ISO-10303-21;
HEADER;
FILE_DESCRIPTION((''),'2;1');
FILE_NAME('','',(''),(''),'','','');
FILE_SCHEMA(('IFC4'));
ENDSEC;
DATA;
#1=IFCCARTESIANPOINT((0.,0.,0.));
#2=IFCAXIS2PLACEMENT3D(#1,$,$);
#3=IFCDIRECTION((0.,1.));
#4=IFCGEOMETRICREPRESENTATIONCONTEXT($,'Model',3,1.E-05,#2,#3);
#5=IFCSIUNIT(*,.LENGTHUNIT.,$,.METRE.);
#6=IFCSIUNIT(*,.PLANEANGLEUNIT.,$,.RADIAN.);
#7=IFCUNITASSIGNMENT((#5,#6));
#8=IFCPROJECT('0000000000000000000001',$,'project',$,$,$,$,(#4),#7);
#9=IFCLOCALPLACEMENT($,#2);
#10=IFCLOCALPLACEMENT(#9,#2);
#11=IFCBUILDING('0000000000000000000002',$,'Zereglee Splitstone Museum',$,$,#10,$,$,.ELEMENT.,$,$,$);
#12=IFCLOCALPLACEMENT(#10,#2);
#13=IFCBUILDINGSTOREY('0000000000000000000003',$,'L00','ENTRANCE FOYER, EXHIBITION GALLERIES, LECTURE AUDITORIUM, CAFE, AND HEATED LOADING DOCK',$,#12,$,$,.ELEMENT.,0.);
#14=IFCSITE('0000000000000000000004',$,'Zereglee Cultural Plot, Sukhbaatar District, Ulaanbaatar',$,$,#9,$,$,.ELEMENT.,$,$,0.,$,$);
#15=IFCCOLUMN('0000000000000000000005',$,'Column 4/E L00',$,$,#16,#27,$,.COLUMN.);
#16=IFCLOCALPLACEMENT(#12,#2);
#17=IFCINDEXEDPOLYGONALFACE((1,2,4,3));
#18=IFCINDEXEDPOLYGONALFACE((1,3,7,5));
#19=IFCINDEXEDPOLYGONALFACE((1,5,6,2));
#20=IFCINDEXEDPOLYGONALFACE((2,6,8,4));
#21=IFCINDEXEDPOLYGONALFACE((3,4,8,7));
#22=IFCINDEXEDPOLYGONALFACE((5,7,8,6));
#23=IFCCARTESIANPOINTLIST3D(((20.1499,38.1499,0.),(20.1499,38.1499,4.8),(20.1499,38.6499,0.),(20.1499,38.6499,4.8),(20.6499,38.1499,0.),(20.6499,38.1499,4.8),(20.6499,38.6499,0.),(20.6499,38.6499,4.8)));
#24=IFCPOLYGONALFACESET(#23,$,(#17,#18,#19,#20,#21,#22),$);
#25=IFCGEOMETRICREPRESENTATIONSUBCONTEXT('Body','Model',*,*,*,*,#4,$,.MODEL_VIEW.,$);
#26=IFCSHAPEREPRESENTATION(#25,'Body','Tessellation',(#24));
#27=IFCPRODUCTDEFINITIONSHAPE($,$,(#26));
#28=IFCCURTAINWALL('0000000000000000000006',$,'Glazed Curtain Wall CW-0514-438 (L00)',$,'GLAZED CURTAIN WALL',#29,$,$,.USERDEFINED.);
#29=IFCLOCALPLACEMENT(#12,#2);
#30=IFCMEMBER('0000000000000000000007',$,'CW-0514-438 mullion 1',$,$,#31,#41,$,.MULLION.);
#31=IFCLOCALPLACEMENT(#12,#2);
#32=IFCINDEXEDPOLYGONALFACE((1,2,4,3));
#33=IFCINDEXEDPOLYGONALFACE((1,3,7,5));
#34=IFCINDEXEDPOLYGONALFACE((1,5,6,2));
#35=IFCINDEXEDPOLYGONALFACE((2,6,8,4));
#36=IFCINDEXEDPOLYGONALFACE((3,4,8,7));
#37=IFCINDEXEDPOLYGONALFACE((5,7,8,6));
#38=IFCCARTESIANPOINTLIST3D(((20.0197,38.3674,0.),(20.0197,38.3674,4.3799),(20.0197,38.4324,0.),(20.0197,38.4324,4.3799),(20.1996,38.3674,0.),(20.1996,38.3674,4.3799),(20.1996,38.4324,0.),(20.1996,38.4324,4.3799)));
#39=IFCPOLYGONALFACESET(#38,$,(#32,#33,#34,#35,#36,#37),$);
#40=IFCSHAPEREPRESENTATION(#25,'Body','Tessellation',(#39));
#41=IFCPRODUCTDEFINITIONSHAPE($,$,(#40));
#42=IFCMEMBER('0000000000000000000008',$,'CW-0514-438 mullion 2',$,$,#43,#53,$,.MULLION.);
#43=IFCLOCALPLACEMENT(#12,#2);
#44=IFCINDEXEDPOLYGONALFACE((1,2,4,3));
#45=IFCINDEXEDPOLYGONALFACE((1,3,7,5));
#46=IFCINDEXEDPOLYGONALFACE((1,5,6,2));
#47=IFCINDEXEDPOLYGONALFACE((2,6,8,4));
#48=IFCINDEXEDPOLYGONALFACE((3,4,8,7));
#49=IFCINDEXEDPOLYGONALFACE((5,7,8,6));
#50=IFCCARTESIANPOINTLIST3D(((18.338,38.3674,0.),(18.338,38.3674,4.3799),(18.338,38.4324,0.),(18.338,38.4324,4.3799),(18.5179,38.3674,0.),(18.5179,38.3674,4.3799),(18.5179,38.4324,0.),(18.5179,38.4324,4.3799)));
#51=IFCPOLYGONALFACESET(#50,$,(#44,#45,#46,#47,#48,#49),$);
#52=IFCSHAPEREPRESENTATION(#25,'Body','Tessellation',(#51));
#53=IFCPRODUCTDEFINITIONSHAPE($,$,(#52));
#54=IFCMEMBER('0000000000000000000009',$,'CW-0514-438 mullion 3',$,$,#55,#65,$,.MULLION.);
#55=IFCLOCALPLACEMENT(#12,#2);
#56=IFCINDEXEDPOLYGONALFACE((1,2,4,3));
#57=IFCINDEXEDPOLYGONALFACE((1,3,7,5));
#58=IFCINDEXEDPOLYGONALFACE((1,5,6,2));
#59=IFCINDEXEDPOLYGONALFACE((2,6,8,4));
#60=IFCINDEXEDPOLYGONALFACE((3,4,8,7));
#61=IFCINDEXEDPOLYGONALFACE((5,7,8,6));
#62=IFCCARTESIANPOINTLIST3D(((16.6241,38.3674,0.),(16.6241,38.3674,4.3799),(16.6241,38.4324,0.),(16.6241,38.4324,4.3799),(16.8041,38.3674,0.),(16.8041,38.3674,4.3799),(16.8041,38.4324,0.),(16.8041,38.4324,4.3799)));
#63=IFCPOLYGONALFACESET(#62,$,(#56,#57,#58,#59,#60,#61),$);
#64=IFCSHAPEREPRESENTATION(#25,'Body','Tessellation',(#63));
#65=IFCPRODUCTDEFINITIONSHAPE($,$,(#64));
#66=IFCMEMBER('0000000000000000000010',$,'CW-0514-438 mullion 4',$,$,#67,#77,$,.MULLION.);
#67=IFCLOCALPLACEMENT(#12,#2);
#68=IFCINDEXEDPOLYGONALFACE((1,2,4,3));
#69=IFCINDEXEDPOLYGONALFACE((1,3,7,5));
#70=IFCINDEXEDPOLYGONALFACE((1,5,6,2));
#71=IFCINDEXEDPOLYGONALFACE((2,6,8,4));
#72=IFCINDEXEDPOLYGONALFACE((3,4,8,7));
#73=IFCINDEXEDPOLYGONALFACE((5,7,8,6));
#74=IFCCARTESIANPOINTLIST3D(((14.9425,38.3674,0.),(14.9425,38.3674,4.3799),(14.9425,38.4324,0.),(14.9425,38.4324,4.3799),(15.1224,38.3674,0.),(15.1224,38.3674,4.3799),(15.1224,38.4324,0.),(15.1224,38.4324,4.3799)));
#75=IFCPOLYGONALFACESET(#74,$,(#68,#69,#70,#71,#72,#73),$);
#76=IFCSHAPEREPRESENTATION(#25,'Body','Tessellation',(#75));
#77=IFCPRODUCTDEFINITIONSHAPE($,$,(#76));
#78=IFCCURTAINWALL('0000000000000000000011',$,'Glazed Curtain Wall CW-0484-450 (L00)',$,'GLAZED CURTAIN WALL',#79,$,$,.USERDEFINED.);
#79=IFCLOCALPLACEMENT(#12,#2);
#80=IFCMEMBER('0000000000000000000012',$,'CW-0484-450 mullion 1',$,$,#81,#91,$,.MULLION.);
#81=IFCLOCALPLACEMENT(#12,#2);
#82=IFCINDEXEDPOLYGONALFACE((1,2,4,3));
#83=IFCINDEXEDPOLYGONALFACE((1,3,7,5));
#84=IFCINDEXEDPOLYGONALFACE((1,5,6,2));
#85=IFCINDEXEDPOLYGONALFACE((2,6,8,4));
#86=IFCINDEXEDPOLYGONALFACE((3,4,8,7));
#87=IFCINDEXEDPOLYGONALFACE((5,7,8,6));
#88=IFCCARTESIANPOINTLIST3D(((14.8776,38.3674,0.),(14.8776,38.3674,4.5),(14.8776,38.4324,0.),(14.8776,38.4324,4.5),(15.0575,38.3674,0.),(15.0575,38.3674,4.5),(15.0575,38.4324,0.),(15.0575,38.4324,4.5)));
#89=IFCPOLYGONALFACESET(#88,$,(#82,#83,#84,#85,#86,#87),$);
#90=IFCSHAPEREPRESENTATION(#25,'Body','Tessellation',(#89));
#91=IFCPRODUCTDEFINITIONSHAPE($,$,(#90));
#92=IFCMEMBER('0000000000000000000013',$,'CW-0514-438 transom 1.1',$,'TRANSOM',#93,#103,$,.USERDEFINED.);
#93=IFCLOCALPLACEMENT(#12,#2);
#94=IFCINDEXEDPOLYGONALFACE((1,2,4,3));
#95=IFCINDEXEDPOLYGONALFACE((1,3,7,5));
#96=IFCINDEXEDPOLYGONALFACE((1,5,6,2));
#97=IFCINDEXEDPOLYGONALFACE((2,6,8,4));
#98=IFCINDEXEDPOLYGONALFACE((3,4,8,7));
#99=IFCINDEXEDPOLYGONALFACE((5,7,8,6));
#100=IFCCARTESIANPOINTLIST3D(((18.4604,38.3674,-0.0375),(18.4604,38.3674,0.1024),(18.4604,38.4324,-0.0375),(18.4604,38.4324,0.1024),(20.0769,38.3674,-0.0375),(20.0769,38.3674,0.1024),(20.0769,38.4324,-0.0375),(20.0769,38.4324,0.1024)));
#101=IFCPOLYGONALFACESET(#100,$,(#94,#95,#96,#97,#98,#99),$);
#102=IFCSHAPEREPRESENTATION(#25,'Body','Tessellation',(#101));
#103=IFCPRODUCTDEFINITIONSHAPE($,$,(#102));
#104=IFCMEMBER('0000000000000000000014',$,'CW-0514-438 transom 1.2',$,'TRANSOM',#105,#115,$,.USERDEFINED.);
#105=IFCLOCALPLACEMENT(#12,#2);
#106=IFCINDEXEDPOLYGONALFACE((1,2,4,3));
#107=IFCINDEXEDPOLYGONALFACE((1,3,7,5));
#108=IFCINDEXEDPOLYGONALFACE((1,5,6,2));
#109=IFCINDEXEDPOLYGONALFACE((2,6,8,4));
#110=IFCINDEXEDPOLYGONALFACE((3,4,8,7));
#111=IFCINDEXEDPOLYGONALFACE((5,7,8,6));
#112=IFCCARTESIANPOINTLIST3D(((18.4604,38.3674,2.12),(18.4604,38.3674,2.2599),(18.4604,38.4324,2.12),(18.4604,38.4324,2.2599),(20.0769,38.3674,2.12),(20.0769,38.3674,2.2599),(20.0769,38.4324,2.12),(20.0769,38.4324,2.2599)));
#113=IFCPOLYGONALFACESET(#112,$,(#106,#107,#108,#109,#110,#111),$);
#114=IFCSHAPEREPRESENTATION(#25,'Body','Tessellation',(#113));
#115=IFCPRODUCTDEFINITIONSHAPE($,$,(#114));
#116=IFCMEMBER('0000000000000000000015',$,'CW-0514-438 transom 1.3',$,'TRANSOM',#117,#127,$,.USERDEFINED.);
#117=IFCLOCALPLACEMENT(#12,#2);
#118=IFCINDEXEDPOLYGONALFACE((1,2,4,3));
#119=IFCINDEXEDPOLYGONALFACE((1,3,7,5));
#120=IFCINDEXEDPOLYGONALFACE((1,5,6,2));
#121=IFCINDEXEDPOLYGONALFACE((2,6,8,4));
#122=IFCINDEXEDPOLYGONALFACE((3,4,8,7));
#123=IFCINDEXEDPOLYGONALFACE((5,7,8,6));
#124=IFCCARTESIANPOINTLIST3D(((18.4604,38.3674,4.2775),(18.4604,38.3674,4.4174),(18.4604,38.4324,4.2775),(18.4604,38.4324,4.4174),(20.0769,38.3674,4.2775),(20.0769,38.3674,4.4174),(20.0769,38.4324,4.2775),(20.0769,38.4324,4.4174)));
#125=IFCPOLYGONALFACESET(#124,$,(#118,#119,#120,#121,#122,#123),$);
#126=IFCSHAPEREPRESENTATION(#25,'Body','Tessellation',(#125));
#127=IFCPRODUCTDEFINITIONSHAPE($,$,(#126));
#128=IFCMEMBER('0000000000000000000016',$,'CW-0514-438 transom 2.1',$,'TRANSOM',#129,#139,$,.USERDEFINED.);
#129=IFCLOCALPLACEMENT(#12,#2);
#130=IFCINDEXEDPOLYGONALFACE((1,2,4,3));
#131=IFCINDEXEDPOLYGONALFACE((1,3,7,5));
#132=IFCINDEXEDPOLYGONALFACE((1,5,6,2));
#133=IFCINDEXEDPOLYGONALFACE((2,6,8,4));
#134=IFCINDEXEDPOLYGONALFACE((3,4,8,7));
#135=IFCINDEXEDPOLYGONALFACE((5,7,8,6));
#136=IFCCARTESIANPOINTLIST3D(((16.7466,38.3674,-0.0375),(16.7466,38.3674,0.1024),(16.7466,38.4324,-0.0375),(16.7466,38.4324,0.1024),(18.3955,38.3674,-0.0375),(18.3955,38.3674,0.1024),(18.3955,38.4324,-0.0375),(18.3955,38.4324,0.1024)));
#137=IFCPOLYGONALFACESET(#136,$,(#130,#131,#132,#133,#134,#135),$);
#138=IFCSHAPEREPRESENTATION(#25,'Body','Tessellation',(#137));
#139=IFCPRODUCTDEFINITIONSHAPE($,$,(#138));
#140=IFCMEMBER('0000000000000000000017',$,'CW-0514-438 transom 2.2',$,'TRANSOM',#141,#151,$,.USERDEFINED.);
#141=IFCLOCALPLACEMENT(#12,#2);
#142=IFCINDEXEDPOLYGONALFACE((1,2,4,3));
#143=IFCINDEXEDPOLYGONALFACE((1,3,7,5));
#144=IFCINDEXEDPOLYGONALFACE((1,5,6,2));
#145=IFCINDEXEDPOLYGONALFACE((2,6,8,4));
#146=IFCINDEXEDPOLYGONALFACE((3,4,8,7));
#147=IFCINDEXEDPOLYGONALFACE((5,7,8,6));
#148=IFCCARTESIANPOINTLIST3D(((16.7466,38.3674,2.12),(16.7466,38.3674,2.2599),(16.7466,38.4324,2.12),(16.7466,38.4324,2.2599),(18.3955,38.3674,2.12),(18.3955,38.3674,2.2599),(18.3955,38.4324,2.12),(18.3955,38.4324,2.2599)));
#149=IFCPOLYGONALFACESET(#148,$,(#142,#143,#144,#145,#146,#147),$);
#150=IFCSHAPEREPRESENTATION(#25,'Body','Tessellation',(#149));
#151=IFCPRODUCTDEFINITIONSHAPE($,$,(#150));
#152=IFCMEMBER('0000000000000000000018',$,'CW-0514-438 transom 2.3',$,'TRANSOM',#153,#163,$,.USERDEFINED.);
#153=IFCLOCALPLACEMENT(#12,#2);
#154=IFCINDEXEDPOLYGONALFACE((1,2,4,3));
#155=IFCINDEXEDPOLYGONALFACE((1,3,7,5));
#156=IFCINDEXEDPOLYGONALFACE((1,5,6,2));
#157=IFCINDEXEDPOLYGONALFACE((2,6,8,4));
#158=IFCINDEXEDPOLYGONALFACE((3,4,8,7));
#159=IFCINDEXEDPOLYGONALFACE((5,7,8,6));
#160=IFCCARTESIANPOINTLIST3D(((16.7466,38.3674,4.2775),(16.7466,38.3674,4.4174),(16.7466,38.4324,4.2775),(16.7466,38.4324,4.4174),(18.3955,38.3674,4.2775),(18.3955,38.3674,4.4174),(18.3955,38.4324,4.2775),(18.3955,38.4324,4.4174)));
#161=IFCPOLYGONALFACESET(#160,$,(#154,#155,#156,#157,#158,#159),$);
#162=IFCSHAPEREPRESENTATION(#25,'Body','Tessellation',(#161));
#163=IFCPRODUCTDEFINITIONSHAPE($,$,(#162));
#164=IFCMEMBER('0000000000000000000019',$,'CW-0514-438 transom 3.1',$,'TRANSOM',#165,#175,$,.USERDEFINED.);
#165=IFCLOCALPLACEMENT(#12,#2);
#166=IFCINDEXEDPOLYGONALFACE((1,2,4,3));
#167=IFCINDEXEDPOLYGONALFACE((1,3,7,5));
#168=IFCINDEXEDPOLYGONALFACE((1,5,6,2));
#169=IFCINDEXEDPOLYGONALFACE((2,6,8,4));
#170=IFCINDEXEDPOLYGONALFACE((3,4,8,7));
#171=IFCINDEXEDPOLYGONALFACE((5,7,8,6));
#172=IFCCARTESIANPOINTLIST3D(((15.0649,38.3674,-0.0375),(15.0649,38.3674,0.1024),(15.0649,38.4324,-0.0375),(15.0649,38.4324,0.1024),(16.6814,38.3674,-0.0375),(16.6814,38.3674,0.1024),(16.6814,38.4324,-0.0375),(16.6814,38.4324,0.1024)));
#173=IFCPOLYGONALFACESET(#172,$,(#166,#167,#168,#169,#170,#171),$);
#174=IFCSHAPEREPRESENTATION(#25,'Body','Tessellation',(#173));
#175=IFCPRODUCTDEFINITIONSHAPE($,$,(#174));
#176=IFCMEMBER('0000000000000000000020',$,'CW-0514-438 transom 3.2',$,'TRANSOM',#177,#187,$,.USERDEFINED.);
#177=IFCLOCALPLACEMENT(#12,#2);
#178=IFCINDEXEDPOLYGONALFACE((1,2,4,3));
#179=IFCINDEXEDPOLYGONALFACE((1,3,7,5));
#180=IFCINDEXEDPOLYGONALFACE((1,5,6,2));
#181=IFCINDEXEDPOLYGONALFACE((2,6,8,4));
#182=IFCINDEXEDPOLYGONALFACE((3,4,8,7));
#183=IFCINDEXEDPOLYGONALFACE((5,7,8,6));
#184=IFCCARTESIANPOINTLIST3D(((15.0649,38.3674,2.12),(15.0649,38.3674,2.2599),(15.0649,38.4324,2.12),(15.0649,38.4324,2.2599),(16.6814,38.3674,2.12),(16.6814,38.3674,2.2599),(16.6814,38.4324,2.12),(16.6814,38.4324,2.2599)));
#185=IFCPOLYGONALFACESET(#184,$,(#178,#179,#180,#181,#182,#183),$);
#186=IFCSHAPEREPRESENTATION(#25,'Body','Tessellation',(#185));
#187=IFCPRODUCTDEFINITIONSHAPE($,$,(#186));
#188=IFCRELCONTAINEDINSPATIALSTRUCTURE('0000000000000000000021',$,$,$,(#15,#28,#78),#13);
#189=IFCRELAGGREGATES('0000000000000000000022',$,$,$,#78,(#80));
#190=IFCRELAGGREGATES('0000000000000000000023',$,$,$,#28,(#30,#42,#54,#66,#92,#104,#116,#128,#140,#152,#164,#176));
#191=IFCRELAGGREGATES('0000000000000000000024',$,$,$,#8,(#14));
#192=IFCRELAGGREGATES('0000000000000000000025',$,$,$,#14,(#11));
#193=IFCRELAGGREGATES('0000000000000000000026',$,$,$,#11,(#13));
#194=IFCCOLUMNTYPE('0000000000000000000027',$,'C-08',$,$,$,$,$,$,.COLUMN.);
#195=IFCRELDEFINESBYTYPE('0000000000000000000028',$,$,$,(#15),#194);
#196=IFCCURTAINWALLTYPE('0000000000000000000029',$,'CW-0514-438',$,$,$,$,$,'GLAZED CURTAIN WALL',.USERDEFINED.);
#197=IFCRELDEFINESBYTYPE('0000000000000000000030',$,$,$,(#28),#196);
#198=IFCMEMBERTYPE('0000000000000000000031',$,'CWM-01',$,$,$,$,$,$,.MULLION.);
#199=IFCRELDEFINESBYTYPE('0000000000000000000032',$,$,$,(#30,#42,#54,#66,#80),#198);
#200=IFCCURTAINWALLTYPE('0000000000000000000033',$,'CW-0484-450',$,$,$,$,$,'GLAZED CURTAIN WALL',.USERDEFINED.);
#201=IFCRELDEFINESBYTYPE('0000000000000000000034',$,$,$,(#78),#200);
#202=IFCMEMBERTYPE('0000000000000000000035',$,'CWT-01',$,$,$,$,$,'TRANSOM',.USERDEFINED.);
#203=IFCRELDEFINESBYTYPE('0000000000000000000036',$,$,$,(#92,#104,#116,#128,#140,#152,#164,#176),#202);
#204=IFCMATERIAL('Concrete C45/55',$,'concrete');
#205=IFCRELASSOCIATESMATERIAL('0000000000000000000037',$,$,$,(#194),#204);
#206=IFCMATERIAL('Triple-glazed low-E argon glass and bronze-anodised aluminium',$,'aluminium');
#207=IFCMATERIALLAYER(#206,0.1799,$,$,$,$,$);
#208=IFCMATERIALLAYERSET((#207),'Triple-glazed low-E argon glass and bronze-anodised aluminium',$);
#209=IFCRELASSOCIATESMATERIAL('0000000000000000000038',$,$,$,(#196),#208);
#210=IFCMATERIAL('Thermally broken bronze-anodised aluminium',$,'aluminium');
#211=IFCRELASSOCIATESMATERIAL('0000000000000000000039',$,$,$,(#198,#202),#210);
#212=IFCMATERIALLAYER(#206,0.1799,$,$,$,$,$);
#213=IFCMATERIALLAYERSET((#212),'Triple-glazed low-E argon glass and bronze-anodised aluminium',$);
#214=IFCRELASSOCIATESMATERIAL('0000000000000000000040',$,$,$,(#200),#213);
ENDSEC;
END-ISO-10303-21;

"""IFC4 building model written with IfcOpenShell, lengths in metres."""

from ifc_helpers import new_model, si_unit, direction, frame, origin, origin_2d, place, context, subcontext, project, spatial, rectangle, extrude, material, layer, layer_set, material_profile, profile_set, type_object, element, aggregate, save


model = new_model("IFC4")

# Units and contexts
model_context = context("Model", 3, precision=1e-05, world=origin(), true_north=direction((0.0, 1.0)))
body_context = subcontext(model_context, "Body", "Model", "MODEL_VIEW")
ifc_project = project(units=[si_unit("LENGTHUNIT", "METRE"), si_unit("PLANEANGLEUNIT", "RADIAN")], contexts=[model_context])

# Site, building, storey
site_placement = place(None, origin())
site = spatial("IfcSite", under=ifc_project, at=site_placement, Name="Zereglee Cultural Plot, Sukhbaatar District, Ulaanbaatar", CompositionType="ELEMENT", RefElevation=0.0)
building_placement = place(site_placement, origin())
building = spatial("IfcBuilding", under=site, at=building_placement, Name="Zereglee Splitstone Museum", CompositionType="ELEMENT")
storey_placement = place(building_placement, origin())
storey = spatial("IfcBuildingStorey", under=building, at=storey_placement, Name="L00", Description="ENTRANCE FOYER, EXHIBITION GALLERIES, LECTURE AUDITORIUM, CAFE, AND HEATED LOADING DOCK", CompositionType="ELEMENT", Elevation=0.0)

# Column
ifc_material_1 = material(Name="Concrete C45/55", Category="concrete")
ifc_material_profile_1 = material_profile(ifc_material_1, rectangle(XDim=0.5, YDim=0.5, at=origin_2d()), Name="RC 500x500")
ifc_profile_set_1 = profile_set([ifc_material_profile_1], Name="Concrete C45/55")
column_type = type_object("IfcColumnType", Name="C-08", PredefinedType="COLUMN", material=ifc_profile_set_1)
column_placement = place(storey_placement, frame((20.3999, 38.3999, 0.0), z_axis=(0.0, 0.0, 1.0), x_axis=(1.0, 0.0, 0.0)))
element("IfcColumn", 1, at=column_placement, inside=storey, type_object=column_type, Name="Column 4/E L00", PredefinedType="COLUMN", context=body_context, shape_type="SweptSolid", body=[
    extrude(rectangle(XDim=0.5, YDim=0.5, at=origin_2d()), origin(), (0.0, 0.0, 1.0), 4.8),
])

# Curtain wall, members
ifc_material_2 = material(Name="Triple-glazed low-E argon glass and bronze-anodised aluminium", Category="aluminium")
ifc_layer_1 = layer(ifc_material_2, 0.1799)
ifc_layer_set_1 = layer_set([ifc_layer_1], Name="Triple-glazed low-E argon glass and bronze-anodised aluminium")
curtain_wall_type_1 = type_object("IfcCurtainWallType", Name="CW-0514-438", ElementType="GLAZED CURTAIN WALL", PredefinedType="USERDEFINED", material=ifc_layer_set_1)
curtain_wall_1_placement = place(storey_placement, origin())
curtain_wall_1 = element("IfcCurtainWall", 2, at=curtain_wall_1_placement, inside=storey, type_object=curtain_wall_type_1, Name="Glazed Curtain Wall CW-0514-438 (L00)", ObjectType="GLAZED CURTAIN WALL", PredefinedType="USERDEFINED")
ifc_material_3 = material(Name="Thermally broken bronze-anodised aluminium", Category="aluminium")
ifc_material_profile_2 = material_profile(ifc_material_3, rectangle(XDim=0.0649, YDim=0.1799, at=origin_2d()), Name="CW MULL 65x180")
ifc_profile_set_2 = profile_set([ifc_material_profile_2], Name="Thermally broken bronze-anodised aluminium")
member_type_1 = type_object("IfcMemberType", Name="CWM-01", PredefinedType="MULLION", material=ifc_profile_set_2)
member_1_placement = place(storey_placement, frame((20.1096, 38.3999, 0.0), z_axis=(0.0, 0.0, 1.0), x_axis=(0.0, -1.0, 0.0)))
member_1 = element("IfcMember", 3, at=member_1_placement, type_object=member_type_1, Name="CW-0514-438 mullion 1", PredefinedType="MULLION", context=body_context, shape_type="SweptSolid", body=[
    extrude(rectangle(XDim=0.0649, YDim=0.1799, at=origin_2d()), origin(), (0.0, 0.0, 1.0), 4.3799),
])
member_2_placement = place(storey_placement, frame((18.428, 38.3999, 0.0), z_axis=(0.0, 0.0, 1.0), x_axis=(0.0, -1.0, 0.0)))
member_2 = element("IfcMember", 4, at=member_2_placement, type_object=member_type_1, Name="CW-0514-438 mullion 2", PredefinedType="MULLION", context=body_context, shape_type="SweptSolid", body=[
    extrude(rectangle(XDim=0.0649, YDim=0.1799, at=origin_2d()), origin(), (0.0, 0.0, 1.0), 4.3799),
])
member_3_placement = place(storey_placement, frame((16.7141, 38.3999, 0.0), z_axis=(0.0, 0.0, 1.0), x_axis=(0.0, -1.0, 0.0)))
member_3 = element("IfcMember", 5, at=member_3_placement, type_object=member_type_1, Name="CW-0514-438 mullion 3", PredefinedType="MULLION", context=body_context, shape_type="SweptSolid", body=[
    extrude(rectangle(XDim=0.0649, YDim=0.1799, at=origin_2d()), origin(), (0.0, 0.0, 1.0), 4.3799),
])
member_4_placement = place(storey_placement, frame((15.0325, 38.3999, 0.0), z_axis=(0.0, 0.0, 1.0), x_axis=(0.0, -1.0, 0.0)))
member_4 = element("IfcMember", 6, at=member_4_placement, type_object=member_type_1, Name="CW-0514-438 mullion 4", PredefinedType="MULLION", context=body_context, shape_type="SweptSolid", body=[
    extrude(rectangle(XDim=0.0649, YDim=0.1799, at=origin_2d()), origin(), (0.0, 0.0, 1.0), 4.3799),
])

# Curtain wall, member
ifc_layer_2 = layer(ifc_material_2, 0.1799)
ifc_layer_set_2 = layer_set([ifc_layer_2], Name="Triple-glazed low-E argon glass and bronze-anodised aluminium")
curtain_wall_type_2 = type_object("IfcCurtainWallType", Name="CW-0484-450", ElementType="GLAZED CURTAIN WALL", PredefinedType="USERDEFINED", material=ifc_layer_set_2)
curtain_wall_2_placement = place(storey_placement, origin())
curtain_wall_2 = element("IfcCurtainWall", 7, at=curtain_wall_2_placement, inside=storey, type_object=curtain_wall_type_2, Name="Glazed Curtain Wall CW-0484-450 (L00)", ObjectType="GLAZED CURTAIN WALL", PredefinedType="USERDEFINED")
member_5_placement = place(storey_placement, frame((14.9675, 38.3999, 0.0), z_axis=(0.0, 0.0, 1.0), x_axis=(0.0, -1.0, 0.0)))
member_5 = element("IfcMember", 8, at=member_5_placement, type_object=member_type_1, Name="CW-0484-450 mullion 1", PredefinedType="MULLION", context=body_context, shape_type="SweptSolid", body=[
    extrude(rectangle(XDim=0.0649, YDim=0.1799, at=origin_2d()), origin(), (0.0, 0.0, 1.0), 4.5),
])
aggregate(curtain_wall_2, [member_5])

# Members
ifc_material_profile_3 = material_profile(ifc_material_3, rectangle(XDim=0.0649, YDim=0.1399, at=origin_2d()), Name="CW TRAN 65x140")
ifc_profile_set_3 = profile_set([ifc_material_profile_3], Name="Thermally broken bronze-anodised aluminium")
member_type_2 = type_object("IfcMemberType", Name="CWT-01", ElementType="TRANSOM", PredefinedType="USERDEFINED", material=ifc_profile_set_3)
member_6_placement = place(storey_placement, frame((20.0769, 38.3999, 0.0325), z_axis=(-1.0, 0.0, 0.0), x_axis=(0.0, -1.0, 0.0)))
member_6 = element("IfcMember", 9, at=member_6_placement, type_object=member_type_2, Name="CW-0514-438 transom 1.1", ObjectType="TRANSOM", PredefinedType="USERDEFINED", context=body_context, shape_type="SweptSolid", body=[
    extrude(rectangle(XDim=0.0649, YDim=0.1399, at=origin_2d()), origin(), (0.0, 0.0, 1.0), 1.6165),
])
member_7_placement = place(storey_placement, frame((20.0769, 38.3999, 2.1899), z_axis=(-1.0, 0.0, 0.0), x_axis=(0.0, -1.0, 0.0)))
member_7 = element("IfcMember", 10, at=member_7_placement, type_object=member_type_2, Name="CW-0514-438 transom 1.2", ObjectType="TRANSOM", PredefinedType="USERDEFINED", context=body_context, shape_type="SweptSolid", body=[
    extrude(rectangle(XDim=0.0649, YDim=0.1399, at=origin_2d()), origin(), (0.0, 0.0, 1.0), 1.6165),
])
member_8_placement = place(storey_placement, frame((20.0769, 38.3999, 4.3474), z_axis=(-1.0, 0.0, 0.0), x_axis=(0.0, -1.0, 0.0)))
member_8 = element("IfcMember", 11, at=member_8_placement, type_object=member_type_2, Name="CW-0514-438 transom 1.3", ObjectType="TRANSOM", PredefinedType="USERDEFINED", context=body_context, shape_type="SweptSolid", body=[
    extrude(rectangle(XDim=0.0649, YDim=0.1399, at=origin_2d()), origin(), (0.0, 0.0, 1.0), 1.6165),
])
member_9_placement = place(storey_placement, frame((18.3955, 38.3999, 0.0325), z_axis=(-1.0, 0.0, 0.0), x_axis=(0.0, -1.0, 0.0)))
member_9 = element("IfcMember", 12, at=member_9_placement, type_object=member_type_2, Name="CW-0514-438 transom 2.1", ObjectType="TRANSOM", PredefinedType="USERDEFINED", context=body_context, shape_type="SweptSolid", body=[
    extrude(rectangle(XDim=0.0649, YDim=0.1399, at=origin_2d()), origin(), (0.0, 0.0, 1.0), 1.6489),
])
member_10_placement = place(storey_placement, frame((18.3955, 38.3999, 2.1899), z_axis=(-1.0, 0.0, 0.0), x_axis=(0.0, -1.0, 0.0)))
member_10 = element("IfcMember", 13, at=member_10_placement, type_object=member_type_2, Name="CW-0514-438 transom 2.2", ObjectType="TRANSOM", PredefinedType="USERDEFINED", context=body_context, shape_type="SweptSolid", body=[
    extrude(rectangle(XDim=0.0649, YDim=0.1399, at=origin_2d()), origin(), (0.0, 0.0, 1.0), 1.6489),
])
member_11_placement = place(storey_placement, frame((18.3955, 38.3999, 4.3474), z_axis=(-1.0, 0.0, 0.0), x_axis=(0.0, -1.0, 0.0)))
member_11 = element("IfcMember", 14, at=member_11_placement, type_object=member_type_2, Name="CW-0514-438 transom 2.3", ObjectType="TRANSOM", PredefinedType="USERDEFINED", context=body_context, shape_type="SweptSolid", body=[
    extrude(rectangle(XDim=0.0649, YDim=0.1399, at=origin_2d()), origin(), (0.0, 0.0, 1.0), 1.6489),
])
member_12_placement = place(storey_placement, frame((16.6814, 38.3999, 0.0325), z_axis=(-1.0, 0.0, 0.0), x_axis=(0.0, -1.0, 0.0)))
member_12 = element("IfcMember", 15, at=member_12_placement, type_object=member_type_2, Name="CW-0514-438 transom 3.1", ObjectType="TRANSOM", PredefinedType="USERDEFINED", context=body_context, shape_type="SweptSolid", body=[
    extrude(rectangle(XDim=0.0649, YDim=0.1399, at=origin_2d()), origin(), (0.0, 0.0, 1.0), 1.6165),
])
member_13_placement = place(storey_placement, frame((16.6814, 38.3999, 2.1899), z_axis=(-1.0, 0.0, 0.0), x_axis=(0.0, -1.0, 0.0)))
member_13 = element("IfcMember", 16, at=member_13_placement, type_object=member_type_2, Name="CW-0514-438 transom 3.2", ObjectType="TRANSOM", PredefinedType="USERDEFINED", context=body_context, shape_type="SweptSolid", body=[
    extrude(rectangle(XDim=0.0649, YDim=0.1399, at=origin_2d()), origin(), (0.0, 0.0, 1.0), 1.6165),
])

aggregate(curtain_wall_1, [member_1, member_2, member_3, member_4, member_6, member_7, member_8, member_9, member_10, member_11, member_12, member_13])

save(model, "model.ifc")
